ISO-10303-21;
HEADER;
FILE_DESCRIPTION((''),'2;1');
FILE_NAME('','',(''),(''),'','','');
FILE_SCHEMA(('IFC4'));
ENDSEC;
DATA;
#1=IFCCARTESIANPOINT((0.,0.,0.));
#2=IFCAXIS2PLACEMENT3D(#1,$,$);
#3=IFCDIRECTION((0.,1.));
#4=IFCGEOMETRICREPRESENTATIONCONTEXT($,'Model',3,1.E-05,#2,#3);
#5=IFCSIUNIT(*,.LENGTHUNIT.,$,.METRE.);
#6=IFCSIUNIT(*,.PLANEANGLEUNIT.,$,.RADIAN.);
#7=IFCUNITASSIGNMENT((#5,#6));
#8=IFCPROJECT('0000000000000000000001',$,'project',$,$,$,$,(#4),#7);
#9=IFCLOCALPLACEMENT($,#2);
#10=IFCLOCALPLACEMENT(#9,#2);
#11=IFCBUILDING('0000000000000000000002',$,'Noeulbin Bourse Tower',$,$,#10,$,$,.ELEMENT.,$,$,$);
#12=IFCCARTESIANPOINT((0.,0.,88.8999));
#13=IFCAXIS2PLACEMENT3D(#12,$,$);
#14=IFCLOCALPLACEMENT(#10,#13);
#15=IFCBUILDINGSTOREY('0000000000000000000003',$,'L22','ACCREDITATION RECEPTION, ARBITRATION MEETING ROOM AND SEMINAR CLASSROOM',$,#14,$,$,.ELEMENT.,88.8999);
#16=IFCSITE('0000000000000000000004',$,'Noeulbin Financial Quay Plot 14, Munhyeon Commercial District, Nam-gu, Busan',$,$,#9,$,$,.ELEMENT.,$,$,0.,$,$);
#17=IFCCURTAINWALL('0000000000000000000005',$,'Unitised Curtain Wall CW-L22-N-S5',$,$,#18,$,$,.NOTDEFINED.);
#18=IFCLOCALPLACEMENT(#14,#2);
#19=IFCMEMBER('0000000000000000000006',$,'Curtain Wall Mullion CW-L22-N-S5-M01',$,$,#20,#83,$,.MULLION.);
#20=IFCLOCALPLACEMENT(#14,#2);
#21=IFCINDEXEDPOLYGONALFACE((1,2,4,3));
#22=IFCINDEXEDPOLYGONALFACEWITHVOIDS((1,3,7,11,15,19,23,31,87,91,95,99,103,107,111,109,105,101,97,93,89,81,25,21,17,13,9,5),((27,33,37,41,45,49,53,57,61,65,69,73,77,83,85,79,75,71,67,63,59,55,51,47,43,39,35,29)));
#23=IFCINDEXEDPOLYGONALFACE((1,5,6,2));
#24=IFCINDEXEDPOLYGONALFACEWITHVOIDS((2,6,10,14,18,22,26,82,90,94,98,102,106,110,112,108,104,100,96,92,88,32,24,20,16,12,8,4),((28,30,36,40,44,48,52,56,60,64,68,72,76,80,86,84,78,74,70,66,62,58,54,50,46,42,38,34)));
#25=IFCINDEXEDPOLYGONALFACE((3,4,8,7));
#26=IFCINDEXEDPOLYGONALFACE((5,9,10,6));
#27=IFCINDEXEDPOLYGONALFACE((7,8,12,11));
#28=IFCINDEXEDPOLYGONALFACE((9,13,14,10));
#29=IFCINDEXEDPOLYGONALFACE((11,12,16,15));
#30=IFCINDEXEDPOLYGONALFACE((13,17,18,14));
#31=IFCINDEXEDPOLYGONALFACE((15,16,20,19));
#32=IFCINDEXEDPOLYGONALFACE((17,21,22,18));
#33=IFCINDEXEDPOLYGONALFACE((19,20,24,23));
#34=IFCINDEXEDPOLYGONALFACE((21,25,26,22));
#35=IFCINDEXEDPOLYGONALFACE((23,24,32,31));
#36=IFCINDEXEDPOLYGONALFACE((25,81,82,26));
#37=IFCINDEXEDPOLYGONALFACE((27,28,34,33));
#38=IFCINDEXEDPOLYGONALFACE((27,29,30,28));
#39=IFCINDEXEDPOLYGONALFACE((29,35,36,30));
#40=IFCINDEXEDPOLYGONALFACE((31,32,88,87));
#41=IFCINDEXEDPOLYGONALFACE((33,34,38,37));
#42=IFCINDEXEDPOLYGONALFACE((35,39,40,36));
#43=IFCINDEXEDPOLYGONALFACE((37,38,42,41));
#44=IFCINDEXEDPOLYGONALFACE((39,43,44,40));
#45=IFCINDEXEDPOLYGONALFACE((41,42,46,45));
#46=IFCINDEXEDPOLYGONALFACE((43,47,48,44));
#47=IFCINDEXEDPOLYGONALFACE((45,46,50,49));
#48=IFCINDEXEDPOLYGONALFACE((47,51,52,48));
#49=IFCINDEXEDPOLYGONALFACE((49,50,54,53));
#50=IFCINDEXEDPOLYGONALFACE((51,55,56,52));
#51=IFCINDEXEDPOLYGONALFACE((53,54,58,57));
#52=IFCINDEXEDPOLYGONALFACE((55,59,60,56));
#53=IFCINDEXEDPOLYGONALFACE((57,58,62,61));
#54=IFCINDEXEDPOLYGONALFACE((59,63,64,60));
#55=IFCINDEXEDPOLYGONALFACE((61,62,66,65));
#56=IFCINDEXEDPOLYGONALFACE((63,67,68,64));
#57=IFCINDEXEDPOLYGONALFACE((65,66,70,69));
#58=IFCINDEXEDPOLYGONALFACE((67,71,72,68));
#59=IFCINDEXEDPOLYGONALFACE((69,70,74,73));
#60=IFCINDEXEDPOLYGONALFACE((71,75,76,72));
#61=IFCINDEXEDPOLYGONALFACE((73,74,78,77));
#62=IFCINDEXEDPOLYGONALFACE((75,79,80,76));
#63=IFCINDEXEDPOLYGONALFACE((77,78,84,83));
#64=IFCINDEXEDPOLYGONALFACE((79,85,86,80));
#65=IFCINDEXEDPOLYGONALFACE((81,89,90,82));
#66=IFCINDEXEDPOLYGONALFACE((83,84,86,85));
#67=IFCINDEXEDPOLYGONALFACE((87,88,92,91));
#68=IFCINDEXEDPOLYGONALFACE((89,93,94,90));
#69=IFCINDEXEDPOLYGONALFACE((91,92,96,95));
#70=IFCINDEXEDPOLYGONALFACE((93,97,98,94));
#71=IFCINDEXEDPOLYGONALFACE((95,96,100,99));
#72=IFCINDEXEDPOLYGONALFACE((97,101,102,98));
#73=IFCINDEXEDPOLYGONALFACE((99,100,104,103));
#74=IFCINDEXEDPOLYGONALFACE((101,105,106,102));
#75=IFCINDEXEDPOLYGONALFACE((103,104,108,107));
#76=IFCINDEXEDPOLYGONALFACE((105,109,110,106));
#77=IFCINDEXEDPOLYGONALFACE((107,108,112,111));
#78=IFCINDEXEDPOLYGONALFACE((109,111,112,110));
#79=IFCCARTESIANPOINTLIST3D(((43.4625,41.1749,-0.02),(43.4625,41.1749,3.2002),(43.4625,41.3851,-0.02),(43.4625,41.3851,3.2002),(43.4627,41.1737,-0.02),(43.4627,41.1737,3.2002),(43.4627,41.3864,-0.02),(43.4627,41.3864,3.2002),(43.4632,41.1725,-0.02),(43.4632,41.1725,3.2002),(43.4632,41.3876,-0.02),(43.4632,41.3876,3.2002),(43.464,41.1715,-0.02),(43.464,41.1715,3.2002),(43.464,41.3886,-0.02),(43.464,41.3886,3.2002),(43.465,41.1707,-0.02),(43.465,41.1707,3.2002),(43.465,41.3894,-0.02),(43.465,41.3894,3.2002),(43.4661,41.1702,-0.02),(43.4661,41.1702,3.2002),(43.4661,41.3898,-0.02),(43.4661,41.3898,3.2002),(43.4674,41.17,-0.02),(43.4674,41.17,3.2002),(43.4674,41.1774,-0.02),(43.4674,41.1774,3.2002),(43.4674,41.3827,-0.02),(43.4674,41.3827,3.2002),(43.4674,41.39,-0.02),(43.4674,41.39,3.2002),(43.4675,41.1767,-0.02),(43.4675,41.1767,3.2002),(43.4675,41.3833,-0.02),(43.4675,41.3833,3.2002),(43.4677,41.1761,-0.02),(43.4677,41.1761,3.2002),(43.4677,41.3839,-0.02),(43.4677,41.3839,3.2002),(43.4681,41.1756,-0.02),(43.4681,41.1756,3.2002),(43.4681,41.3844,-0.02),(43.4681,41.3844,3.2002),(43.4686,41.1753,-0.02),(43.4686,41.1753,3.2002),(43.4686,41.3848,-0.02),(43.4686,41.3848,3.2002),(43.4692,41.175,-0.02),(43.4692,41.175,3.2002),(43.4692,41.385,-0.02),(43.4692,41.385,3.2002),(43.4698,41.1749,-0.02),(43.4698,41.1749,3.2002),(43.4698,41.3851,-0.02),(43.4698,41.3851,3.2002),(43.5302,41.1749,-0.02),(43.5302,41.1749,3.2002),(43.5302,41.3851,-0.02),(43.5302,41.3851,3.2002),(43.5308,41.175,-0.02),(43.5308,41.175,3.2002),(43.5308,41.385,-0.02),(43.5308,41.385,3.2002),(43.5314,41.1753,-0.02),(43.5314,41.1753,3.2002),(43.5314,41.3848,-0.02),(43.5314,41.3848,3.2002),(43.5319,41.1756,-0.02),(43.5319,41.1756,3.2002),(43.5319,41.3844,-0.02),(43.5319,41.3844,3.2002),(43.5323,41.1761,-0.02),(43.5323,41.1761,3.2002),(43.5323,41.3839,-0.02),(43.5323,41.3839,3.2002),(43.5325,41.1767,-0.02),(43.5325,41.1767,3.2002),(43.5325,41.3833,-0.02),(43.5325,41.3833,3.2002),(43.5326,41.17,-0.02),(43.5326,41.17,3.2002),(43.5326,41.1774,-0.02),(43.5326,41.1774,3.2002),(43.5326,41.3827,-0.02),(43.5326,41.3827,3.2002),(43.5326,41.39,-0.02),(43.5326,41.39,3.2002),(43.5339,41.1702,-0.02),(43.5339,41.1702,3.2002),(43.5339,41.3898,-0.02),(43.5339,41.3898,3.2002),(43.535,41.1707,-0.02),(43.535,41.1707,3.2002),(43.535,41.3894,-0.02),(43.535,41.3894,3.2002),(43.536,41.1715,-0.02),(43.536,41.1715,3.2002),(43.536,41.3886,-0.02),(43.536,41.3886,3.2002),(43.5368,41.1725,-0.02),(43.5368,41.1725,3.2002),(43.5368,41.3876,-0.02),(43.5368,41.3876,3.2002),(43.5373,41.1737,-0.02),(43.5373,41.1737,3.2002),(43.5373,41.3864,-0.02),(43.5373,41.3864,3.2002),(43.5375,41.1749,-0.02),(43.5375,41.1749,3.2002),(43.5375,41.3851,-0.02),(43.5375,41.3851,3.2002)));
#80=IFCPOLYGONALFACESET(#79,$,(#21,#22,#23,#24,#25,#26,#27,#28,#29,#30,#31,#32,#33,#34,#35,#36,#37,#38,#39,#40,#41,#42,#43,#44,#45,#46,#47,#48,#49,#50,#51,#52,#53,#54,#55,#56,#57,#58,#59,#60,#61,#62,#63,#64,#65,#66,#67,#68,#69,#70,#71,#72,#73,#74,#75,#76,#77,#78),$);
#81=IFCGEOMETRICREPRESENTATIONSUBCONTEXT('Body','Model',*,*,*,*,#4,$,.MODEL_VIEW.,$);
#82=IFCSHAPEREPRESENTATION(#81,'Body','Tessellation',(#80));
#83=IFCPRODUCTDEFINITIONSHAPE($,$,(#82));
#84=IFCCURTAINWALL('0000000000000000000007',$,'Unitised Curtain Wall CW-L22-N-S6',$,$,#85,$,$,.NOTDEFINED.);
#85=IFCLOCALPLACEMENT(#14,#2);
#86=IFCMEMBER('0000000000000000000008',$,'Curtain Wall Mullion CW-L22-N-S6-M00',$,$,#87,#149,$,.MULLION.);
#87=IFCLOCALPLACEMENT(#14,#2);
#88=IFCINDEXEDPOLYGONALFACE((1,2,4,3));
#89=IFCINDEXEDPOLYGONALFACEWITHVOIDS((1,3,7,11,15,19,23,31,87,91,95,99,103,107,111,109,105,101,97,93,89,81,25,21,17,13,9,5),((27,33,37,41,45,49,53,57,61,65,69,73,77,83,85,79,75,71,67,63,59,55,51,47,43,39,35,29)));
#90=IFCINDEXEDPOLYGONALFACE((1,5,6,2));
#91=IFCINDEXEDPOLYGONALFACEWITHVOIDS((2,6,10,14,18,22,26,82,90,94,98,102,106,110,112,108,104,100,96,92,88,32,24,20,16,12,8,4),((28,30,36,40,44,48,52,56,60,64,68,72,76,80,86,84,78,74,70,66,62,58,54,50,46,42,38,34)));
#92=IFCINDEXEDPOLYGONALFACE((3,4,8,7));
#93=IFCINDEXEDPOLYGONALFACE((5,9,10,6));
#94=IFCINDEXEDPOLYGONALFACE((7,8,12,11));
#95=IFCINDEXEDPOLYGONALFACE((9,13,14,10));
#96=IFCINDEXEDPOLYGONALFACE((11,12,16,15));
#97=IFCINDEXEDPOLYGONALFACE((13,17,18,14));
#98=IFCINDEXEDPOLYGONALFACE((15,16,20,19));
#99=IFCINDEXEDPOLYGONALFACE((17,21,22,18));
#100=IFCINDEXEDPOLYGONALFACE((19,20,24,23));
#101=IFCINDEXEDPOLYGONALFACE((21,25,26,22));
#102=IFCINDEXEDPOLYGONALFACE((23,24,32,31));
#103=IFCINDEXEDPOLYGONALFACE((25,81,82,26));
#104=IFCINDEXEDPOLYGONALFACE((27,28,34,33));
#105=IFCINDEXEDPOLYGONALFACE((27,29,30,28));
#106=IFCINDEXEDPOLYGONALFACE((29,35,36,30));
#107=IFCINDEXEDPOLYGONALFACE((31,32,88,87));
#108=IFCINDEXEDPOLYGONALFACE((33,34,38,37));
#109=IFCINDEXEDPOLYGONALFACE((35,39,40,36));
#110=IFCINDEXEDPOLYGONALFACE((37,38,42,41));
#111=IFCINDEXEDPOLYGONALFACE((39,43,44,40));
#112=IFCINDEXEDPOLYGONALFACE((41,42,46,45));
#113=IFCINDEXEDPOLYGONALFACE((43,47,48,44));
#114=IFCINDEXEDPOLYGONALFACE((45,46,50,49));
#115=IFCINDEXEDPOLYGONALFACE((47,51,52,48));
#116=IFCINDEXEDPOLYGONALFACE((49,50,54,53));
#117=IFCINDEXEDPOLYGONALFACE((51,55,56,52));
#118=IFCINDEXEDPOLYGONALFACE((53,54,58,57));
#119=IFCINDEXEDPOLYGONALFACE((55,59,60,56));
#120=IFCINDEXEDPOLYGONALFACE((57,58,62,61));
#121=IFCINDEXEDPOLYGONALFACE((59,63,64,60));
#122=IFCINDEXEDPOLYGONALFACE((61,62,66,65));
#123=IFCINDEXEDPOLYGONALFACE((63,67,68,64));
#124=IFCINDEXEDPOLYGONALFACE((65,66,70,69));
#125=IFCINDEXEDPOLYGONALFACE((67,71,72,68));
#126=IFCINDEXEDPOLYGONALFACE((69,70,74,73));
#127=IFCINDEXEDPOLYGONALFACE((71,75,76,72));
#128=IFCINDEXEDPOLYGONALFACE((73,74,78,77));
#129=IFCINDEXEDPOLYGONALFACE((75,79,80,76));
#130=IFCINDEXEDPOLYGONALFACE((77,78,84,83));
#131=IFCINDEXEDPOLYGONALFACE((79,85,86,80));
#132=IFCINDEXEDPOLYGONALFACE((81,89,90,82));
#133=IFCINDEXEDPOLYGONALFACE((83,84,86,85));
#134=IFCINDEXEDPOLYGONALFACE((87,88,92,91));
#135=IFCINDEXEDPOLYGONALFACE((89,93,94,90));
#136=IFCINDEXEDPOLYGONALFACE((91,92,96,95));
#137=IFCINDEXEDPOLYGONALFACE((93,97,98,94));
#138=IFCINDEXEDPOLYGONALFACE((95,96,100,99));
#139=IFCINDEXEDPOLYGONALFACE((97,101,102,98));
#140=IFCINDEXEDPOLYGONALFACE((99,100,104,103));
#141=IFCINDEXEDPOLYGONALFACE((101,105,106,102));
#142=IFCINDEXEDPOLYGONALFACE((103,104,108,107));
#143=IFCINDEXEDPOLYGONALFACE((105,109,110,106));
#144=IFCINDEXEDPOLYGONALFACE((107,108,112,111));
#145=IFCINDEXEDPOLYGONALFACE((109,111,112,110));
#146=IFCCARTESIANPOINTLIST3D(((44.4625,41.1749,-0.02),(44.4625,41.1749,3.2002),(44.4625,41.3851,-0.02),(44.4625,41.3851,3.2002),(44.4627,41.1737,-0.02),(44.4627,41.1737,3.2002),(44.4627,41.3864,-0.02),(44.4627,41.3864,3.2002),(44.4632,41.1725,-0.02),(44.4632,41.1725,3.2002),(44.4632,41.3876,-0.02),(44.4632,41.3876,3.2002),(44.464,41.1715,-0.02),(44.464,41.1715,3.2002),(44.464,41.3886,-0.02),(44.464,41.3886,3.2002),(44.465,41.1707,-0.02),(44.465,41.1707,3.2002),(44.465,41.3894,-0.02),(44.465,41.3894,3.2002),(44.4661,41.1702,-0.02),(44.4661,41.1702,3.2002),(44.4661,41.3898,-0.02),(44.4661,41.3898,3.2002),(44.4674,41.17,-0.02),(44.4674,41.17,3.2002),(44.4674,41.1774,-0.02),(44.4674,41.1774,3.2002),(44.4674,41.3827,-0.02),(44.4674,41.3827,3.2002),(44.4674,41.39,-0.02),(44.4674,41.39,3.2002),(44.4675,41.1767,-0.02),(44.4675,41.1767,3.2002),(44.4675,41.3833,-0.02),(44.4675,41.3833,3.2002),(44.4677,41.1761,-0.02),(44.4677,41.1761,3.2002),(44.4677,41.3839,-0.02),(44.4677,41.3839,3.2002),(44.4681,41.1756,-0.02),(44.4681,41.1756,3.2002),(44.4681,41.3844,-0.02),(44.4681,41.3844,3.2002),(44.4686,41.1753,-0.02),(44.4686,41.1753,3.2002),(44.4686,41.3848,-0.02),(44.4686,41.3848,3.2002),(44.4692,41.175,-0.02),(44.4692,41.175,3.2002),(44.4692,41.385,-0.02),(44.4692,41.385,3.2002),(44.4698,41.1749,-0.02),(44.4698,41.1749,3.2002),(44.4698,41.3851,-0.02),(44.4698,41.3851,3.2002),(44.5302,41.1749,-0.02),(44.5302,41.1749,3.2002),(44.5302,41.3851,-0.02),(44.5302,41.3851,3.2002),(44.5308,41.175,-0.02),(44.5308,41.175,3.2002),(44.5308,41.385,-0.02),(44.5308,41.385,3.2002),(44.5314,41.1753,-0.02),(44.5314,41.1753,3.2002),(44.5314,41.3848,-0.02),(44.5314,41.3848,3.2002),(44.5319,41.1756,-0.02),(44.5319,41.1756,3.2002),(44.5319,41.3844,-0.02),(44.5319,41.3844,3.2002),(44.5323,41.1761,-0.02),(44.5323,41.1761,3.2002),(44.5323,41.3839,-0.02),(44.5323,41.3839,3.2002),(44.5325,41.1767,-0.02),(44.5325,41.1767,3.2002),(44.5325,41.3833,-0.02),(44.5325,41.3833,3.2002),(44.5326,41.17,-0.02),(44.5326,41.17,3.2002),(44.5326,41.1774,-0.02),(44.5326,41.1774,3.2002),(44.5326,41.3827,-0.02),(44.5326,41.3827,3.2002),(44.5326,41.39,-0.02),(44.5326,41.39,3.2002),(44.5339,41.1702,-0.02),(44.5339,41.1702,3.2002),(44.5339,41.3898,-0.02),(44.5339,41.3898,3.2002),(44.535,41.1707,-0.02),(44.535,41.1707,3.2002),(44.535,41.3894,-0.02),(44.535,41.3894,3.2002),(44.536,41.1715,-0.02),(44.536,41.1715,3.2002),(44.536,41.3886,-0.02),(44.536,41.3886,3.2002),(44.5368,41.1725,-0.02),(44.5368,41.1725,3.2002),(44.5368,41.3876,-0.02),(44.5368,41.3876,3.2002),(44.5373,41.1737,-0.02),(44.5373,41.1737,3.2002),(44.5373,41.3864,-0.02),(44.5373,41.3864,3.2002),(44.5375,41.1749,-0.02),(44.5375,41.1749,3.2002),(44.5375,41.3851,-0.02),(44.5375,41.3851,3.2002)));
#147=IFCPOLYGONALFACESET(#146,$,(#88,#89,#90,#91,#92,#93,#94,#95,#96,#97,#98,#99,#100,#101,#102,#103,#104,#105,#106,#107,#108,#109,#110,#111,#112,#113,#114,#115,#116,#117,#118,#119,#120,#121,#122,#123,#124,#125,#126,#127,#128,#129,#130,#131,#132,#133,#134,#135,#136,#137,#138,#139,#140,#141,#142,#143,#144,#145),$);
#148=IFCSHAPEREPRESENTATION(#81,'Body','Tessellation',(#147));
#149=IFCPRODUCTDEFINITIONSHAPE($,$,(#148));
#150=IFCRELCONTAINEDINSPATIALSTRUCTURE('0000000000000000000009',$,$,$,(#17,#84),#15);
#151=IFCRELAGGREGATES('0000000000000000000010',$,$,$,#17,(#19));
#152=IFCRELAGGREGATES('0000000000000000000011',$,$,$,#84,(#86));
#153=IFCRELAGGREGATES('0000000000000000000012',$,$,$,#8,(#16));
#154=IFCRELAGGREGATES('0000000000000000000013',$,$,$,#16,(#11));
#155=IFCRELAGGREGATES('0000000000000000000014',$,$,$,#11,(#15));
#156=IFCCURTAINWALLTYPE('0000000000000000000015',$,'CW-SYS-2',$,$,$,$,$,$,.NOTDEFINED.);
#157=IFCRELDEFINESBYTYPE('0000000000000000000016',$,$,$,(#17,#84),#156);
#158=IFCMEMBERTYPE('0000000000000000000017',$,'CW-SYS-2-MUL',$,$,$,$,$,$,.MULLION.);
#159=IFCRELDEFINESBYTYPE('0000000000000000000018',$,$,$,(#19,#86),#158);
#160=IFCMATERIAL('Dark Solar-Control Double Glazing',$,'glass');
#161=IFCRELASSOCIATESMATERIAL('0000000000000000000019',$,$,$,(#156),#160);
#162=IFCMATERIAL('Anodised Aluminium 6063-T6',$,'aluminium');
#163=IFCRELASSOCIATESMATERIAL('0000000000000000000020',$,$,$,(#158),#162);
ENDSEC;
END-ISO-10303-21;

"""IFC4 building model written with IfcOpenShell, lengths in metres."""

from ifc_helpers import new_model, si_unit, direction, frame, origin, origin_2d, place, context, subcontext, project, spatial, hollow_rectangle, extrude, material, material_profile, profile_set, type_object, element, aggregate, save


model = new_model("IFC4")

# Units and contexts
model_context = context("Model", 3, precision=1e-05, world=origin(), true_north=direction((0.0, 1.0)))
body_context = subcontext(model_context, "Body", "Model", "MODEL_VIEW")
ifc_project = project(units=[si_unit("LENGTHUNIT", "METRE"), si_unit("PLANEANGLEUNIT", "RADIAN")], contexts=[model_context])

# Site, building, storey
site_placement = place(None, origin())
site = spatial("IfcSite", under=ifc_project, at=site_placement, Name="Noeulbin Financial Quay Plot 14, Munhyeon Commercial District, Nam-gu, Busan", CompositionType="ELEMENT", RefElevation=0.0)
building_placement = place(site_placement, origin())
building = spatial("IfcBuilding", under=site, at=building_placement, Name="Noeulbin Bourse Tower", CompositionType="ELEMENT")
storey_placement = place(building_placement, frame((0.0, 0.0, 88.8999)))
storey = spatial("IfcBuildingStorey", under=building, at=storey_placement, Name="L22", Description="ACCREDITATION RECEPTION, ARBITRATION MEETING ROOM AND SEMINAR CLASSROOM", CompositionType="ELEMENT", Elevation=88.8999)

# Curtain wall, member
ifc_material_1 = material(Name="Dark Solar-Control Double Glazing", Category="glass")
curtain_wall_type = type_object("IfcCurtainWallType", Name="CW-SYS-2", PredefinedType="NOTDEFINED", material=ifc_material_1)
curtain_wall_1_placement = place(storey_placement, origin())
curtain_wall_1 = element("IfcCurtainWall", 1, at=curtain_wall_1_placement, inside=storey, type_object=curtain_wall_type, Name="Unitised Curtain Wall CW-L22-N-S5", PredefinedType="NOTDEFINED")
ifc_material_2 = material(Name="Anodised Aluminium 6063-T6", Category="aluminium")
ifc_material_profile_1 = material_profile(ifc_material_2, hollow_rectangle(XDim=0.075, YDim=0.22, WallThickness=0.0049, InnerFilletRadius=0.0024, OuterFilletRadius=0.0049, at=origin_2d()), Name="ALU-MULL-75x220x5", Category="LoadBearing")
ifc_profile_set_1 = profile_set([ifc_material_profile_1], Name="Anodised Aluminium 6063-T6")
member_type_1 = type_object("IfcMemberType", Name="CW-SYS-2-MUL", PredefinedType="MULLION", material=ifc_profile_set_1)
member_1_placement = place(storey_placement, frame((43.5, 41.28, -0.02), z_axis=(0.0, 0.0, 1.0), x_axis=(1.0, 0.0, 0.0)))
member_1 = element("IfcMember", 2, at=member_1_placement, type_object=member_type_1, Name="Curtain Wall Mullion CW-L22-N-S5-M01", PredefinedType="MULLION", context=body_context, shape_type="SweptSolid", body=[
    extrude(hollow_rectangle(XDim=0.075, YDim=0.22, WallThickness=0.0049, InnerFilletRadius=0.0024, OuterFilletRadius=0.0049, at=origin_2d()), origin(), (0.0, 0.0, 1.0), 3.2202),
])

# Curtain wall, member
curtain_wall_2_placement = place(storey_placement, origin())
curtain_wall_2 = element("IfcCurtainWall", 3, at=curtain_wall_2_placement, inside=storey, type_object=curtain_wall_type, Name="Unitised Curtain Wall CW-L22-N-S6", PredefinedType="NOTDEFINED")
member_2_placement = place(storey_placement, frame((44.5, 41.28, -0.02), z_axis=(0.0, 0.0, 1.0), x_axis=(1.0, 0.0, 0.0)))
member_2 = element("IfcMember", 4, at=member_2_placement, type_object=member_type_1, Name="Curtain Wall Mullion CW-L22-N-S6-M00", PredefinedType="MULLION", context=body_context, shape_type="SweptSolid", body=[
    extrude(hollow_rectangle(XDim=0.075, YDim=0.22, WallThickness=0.0049, InnerFilletRadius=0.0024, OuterFilletRadius=0.0049, at=origin_2d()), origin(), (0.0, 0.0, 1.0), 3.2202),
])

aggregate(curtain_wall_1, [member_1])
aggregate(curtain_wall_2, [member_2])

save(model, "model.ifc")
